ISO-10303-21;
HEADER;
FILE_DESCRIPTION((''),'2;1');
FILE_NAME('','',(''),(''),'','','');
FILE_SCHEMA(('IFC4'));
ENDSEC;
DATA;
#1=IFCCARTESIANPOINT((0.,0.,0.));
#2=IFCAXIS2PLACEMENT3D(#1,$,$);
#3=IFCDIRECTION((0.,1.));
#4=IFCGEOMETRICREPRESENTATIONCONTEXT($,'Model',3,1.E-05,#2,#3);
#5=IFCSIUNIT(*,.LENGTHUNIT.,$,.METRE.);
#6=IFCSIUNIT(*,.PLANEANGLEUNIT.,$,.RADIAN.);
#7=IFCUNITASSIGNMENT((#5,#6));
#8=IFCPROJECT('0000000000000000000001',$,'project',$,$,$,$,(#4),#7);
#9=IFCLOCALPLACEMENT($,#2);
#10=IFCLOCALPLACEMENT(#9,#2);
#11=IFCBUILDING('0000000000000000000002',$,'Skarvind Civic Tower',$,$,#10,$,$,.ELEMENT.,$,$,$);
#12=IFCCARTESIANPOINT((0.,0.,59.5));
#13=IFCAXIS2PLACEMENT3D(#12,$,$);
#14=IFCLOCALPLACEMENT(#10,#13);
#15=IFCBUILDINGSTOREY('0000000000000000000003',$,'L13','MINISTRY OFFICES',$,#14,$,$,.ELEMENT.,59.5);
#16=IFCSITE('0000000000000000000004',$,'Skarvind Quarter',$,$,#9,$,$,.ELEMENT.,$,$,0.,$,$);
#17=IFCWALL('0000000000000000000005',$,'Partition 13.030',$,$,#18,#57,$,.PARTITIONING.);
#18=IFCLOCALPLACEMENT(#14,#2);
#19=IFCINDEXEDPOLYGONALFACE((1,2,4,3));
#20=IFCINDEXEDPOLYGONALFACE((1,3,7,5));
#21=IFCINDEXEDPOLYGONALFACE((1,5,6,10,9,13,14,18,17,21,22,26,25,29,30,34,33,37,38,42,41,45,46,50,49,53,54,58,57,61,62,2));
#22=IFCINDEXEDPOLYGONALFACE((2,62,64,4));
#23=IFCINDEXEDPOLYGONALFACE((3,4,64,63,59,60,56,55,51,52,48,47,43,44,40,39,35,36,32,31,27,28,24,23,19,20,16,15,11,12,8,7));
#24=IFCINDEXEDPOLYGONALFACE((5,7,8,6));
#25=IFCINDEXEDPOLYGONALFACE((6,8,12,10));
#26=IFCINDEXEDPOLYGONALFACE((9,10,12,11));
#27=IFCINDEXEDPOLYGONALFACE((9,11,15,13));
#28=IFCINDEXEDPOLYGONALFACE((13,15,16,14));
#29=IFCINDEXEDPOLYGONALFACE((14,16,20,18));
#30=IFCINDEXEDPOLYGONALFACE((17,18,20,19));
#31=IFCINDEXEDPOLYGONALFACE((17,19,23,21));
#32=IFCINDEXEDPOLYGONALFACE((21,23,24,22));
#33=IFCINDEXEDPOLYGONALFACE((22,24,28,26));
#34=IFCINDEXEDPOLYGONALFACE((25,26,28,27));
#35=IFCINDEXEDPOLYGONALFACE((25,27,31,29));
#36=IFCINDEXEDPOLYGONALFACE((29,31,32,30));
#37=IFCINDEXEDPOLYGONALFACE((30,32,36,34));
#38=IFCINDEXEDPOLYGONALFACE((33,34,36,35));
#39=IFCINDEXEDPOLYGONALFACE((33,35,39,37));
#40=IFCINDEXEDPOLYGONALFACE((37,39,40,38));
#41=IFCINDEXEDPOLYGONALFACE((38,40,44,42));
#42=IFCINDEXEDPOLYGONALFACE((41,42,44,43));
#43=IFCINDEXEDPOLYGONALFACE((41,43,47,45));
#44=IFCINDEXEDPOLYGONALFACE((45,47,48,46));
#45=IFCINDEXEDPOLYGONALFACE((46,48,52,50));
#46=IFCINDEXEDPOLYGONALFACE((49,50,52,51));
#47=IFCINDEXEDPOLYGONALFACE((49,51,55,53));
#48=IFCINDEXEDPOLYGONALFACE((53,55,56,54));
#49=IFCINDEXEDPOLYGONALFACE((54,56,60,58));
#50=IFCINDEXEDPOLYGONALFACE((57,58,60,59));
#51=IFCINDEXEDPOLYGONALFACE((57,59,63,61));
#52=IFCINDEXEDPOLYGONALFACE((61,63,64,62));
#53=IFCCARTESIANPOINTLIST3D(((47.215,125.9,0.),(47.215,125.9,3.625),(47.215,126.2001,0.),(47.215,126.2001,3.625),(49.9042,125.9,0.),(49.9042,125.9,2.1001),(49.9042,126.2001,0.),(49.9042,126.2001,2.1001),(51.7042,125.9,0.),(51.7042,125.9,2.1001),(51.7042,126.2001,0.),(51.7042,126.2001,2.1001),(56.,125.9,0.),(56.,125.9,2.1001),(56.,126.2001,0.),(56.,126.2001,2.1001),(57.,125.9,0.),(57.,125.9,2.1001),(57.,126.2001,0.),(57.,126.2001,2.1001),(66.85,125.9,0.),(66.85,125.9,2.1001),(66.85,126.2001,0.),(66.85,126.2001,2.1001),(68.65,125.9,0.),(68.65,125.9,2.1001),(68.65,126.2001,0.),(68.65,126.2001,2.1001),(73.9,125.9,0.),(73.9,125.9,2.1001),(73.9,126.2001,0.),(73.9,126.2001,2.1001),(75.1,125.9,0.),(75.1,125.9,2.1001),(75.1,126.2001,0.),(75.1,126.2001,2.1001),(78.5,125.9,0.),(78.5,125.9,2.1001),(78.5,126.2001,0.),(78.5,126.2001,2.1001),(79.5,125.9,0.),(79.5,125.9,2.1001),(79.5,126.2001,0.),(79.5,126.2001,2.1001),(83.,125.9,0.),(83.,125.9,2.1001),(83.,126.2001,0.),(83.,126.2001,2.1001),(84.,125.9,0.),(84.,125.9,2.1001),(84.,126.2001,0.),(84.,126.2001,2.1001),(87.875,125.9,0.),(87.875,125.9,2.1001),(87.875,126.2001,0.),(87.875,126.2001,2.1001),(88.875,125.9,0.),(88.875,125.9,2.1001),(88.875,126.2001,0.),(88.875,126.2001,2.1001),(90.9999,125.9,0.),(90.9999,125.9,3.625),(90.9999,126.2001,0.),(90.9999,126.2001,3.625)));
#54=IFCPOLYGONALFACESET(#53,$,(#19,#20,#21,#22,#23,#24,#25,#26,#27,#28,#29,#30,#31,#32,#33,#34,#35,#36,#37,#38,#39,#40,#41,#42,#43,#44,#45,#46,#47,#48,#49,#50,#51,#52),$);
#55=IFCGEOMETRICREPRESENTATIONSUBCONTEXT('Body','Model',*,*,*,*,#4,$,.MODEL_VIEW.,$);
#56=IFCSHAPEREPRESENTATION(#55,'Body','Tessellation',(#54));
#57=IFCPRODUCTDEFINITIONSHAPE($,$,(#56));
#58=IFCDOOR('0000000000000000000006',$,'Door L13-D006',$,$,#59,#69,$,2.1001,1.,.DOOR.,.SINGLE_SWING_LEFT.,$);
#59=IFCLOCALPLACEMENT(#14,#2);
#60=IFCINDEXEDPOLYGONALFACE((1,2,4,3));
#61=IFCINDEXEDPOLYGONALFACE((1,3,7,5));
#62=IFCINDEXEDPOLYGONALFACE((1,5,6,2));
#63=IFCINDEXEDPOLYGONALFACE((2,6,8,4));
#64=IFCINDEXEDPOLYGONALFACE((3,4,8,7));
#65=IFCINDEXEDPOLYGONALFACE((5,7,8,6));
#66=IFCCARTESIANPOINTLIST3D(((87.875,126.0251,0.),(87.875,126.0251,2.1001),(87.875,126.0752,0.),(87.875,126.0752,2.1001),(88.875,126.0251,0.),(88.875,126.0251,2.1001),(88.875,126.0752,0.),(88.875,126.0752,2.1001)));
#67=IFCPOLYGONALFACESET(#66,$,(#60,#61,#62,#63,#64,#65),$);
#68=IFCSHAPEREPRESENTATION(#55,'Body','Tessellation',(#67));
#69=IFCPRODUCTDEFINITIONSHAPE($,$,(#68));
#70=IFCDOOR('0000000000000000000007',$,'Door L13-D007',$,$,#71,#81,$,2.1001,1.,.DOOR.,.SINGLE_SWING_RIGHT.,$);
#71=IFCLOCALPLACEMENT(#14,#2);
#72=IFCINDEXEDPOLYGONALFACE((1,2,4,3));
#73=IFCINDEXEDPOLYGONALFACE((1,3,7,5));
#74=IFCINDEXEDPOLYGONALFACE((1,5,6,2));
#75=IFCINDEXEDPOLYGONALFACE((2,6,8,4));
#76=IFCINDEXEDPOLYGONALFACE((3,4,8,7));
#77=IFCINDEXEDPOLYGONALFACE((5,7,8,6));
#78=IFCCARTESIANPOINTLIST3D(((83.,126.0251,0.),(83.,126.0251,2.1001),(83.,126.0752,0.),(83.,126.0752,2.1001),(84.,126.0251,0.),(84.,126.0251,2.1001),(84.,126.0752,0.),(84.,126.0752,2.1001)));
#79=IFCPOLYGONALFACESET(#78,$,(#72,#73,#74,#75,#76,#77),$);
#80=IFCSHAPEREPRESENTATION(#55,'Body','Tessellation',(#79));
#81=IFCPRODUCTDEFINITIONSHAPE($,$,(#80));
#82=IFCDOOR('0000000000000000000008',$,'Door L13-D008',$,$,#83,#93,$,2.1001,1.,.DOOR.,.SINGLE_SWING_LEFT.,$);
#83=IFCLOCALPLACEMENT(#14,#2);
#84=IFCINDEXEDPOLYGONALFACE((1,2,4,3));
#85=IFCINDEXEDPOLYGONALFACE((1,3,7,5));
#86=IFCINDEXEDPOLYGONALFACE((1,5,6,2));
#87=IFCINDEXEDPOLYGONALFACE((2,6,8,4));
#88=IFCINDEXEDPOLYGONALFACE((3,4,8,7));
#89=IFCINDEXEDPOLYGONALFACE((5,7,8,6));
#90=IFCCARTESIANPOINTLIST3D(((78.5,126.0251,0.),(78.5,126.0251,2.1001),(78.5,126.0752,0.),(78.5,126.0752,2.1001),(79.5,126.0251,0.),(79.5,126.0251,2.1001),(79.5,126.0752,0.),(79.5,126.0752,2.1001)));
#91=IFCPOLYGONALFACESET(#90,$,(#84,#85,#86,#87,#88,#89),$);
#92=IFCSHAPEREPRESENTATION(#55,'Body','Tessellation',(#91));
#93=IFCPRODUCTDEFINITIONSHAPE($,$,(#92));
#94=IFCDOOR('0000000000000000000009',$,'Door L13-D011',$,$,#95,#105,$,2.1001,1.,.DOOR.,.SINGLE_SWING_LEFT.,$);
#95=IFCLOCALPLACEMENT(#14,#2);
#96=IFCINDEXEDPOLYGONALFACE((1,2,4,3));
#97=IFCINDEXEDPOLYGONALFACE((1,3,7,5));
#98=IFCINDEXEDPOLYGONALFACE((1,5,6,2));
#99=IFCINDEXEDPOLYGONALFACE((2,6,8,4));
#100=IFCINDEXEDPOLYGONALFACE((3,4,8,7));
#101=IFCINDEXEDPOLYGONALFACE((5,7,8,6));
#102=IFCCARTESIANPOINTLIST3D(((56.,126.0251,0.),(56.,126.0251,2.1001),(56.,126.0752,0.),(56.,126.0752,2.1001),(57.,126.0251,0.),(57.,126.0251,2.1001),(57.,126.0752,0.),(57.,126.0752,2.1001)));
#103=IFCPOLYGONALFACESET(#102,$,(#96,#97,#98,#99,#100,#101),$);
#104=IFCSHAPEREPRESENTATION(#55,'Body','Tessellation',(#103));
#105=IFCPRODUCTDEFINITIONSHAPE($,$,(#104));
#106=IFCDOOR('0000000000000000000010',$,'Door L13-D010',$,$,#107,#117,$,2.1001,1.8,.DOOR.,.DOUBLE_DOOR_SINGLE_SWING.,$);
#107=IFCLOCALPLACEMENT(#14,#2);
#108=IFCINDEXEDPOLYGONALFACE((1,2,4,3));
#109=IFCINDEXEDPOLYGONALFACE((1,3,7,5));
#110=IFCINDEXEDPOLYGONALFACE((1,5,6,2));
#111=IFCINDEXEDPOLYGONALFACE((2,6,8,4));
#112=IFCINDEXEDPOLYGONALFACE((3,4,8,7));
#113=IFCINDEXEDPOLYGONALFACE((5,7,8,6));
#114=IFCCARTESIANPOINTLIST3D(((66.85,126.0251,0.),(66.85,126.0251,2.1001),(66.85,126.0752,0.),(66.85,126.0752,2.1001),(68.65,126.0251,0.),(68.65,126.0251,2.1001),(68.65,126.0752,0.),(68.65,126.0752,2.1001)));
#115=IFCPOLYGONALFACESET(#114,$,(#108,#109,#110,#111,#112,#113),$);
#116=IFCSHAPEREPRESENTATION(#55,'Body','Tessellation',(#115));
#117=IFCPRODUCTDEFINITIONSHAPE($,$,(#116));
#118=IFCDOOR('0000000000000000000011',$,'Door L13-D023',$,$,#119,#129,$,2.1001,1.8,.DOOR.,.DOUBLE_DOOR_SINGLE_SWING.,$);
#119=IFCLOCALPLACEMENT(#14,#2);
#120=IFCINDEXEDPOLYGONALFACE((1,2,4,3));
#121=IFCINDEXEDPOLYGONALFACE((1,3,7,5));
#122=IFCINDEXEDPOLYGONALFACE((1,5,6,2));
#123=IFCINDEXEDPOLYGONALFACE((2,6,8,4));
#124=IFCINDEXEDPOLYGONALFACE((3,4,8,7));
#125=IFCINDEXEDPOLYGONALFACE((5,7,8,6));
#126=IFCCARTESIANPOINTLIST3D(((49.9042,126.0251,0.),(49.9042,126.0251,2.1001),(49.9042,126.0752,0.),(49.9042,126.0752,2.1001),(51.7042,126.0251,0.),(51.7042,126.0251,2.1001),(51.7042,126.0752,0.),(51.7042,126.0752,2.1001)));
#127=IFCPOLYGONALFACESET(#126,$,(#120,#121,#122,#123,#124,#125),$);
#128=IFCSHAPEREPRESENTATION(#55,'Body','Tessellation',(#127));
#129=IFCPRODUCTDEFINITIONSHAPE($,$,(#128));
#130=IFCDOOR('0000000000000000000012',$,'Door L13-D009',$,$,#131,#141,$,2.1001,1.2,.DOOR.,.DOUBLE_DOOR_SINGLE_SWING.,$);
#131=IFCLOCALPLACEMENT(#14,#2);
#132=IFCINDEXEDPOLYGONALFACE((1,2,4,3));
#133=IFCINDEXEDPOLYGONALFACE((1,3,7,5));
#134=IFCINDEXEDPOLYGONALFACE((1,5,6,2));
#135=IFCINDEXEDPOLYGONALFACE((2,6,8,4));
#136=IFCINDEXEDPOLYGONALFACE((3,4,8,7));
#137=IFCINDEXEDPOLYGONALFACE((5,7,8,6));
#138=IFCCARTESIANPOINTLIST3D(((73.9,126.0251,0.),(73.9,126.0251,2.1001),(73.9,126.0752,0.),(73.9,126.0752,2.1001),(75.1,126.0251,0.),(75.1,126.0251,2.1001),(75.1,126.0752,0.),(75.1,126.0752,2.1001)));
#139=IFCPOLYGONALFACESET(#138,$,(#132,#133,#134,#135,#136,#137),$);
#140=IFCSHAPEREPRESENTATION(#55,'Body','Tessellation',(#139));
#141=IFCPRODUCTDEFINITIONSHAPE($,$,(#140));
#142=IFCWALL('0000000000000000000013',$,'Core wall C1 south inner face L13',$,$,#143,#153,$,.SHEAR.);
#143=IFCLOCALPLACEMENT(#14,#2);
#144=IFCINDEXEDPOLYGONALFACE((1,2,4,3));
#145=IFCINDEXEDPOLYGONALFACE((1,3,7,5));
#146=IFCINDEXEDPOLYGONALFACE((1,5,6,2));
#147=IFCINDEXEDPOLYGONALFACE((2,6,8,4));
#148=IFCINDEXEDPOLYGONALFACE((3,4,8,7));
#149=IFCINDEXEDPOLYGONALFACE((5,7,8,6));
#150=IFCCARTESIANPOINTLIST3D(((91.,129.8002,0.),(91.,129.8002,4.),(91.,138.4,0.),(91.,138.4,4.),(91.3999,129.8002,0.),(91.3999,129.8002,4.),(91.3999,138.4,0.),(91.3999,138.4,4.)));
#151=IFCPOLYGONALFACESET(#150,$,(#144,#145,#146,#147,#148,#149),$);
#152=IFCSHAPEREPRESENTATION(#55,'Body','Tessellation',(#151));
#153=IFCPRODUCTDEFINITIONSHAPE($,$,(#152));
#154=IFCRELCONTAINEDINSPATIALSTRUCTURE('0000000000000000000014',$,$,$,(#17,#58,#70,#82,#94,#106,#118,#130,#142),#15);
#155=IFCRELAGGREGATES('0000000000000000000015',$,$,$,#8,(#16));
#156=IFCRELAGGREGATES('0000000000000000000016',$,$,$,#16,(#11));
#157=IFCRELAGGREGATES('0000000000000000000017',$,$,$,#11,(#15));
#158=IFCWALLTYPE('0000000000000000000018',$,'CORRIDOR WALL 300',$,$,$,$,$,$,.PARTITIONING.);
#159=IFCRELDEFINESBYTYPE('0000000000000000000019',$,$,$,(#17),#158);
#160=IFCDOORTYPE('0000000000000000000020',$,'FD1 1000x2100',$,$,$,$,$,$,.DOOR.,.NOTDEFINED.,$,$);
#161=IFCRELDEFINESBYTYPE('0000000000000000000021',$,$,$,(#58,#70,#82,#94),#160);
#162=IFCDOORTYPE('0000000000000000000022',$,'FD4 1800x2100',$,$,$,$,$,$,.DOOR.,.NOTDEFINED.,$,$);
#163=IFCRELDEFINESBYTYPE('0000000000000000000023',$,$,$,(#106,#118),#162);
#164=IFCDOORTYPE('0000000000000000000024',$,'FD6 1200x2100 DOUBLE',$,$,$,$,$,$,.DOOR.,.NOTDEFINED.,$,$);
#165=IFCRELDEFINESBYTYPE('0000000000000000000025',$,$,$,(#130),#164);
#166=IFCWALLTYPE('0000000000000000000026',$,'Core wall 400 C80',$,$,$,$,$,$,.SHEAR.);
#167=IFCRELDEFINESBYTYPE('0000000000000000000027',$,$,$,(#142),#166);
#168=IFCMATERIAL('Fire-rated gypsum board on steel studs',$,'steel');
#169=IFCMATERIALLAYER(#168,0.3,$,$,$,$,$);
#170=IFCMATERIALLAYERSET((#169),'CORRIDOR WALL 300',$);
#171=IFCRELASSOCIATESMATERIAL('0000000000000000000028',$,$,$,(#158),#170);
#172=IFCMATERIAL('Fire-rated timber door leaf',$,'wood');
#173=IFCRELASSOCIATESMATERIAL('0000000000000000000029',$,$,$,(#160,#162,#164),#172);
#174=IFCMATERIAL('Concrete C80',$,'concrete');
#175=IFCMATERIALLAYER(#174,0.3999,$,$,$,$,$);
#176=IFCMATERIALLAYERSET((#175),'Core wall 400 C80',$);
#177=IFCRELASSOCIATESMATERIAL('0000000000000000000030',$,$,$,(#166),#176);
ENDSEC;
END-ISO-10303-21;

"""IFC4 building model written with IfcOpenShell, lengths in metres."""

from ifc_helpers import new_model, si_unit, direction, frame, frame_2d, origin, place, context, subcontext, project, spatial, rectangle, extrude, material, layer, layer_set, type_object, element, fill, save


model = new_model("IFC4")

# Units and contexts
model_context = context("Model", 3, precision=1e-05, world=origin(), true_north=direction((0.0, 1.0)))
body_context = subcontext(model_context, "Body", "Model", "MODEL_VIEW")
ifc_project = project(units=[si_unit("LENGTHUNIT", "METRE"), si_unit("PLANEANGLEUNIT", "RADIAN")], contexts=[model_context])

# Site, building, storey
site_placement = place(None, origin())
site = spatial("IfcSite", under=ifc_project, at=site_placement, Name="Skarvind Quarter", CompositionType="ELEMENT", RefElevation=0.0)
building_placement = place(site_placement, origin())
building = spatial("IfcBuilding", under=site, at=building_placement, Name="Skarvind Civic Tower", CompositionType="ELEMENT")
storey_placement = place(building_placement, frame((0.0, 0.0, 59.5)))
storey = spatial("IfcBuildingStorey", under=building, at=storey_placement, Name="L13", Description="MINISTRY OFFICES", CompositionType="ELEMENT", Elevation=59.5)

# Shared definitions
ifc_material_1 = material(Name="Concrete C80", Category="concrete")

# Wall, openings, doors
ifc_material_2 = material(Name="Fire-rated gypsum board on steel studs", Category="steel")
ifc_layer_1 = layer(ifc_material_2, 0.3)
ifc_layer_set_1 = layer_set([ifc_layer_1], Name="CORRIDOR WALL 300")
wall_type_1 = type_object("IfcWallType", Name="CORRIDOR WALL 300", PredefinedType="PARTITIONING", material=ifc_layer_set_1)
wall_1_placement = place(storey_placement, frame((91.0, 126.05, 0.0), z_axis=(0.0, 0.0, 1.0), x_axis=(-1.0, 0.0, 0.0)))
wall_1 = element("IfcWall", 1, at=wall_1_placement, inside=storey, type_object=wall_type_1, Name="Partition 13.030", PredefinedType="PARTITIONING", context=body_context, shape_type="SweptSolid", body=[
    extrude(rectangle(XDim=43.7849, YDim=0.3, at=frame_2d((21.8926, 0.0))), origin(), (0.0, 0.0, 1.0), 3.625),
])
opening_1_placement = place(wall_1_placement, frame((2.125, 0.0, 0.0)))
opening_1 = element("IfcOpeningElement", 2, at=opening_1_placement, cuts=wall_1, PredefinedType="OPENING", context=body_context, shape_type="SweptSolid", body=[
    extrude(rectangle(XDim=1.0, YDim=2.1001, at=frame_2d((0.5, 1.05))), frame((0.0, 0.1599, 0.0), z_axis=(0.0, -1.0, 0.0), x_axis=(1.0, 0.0, 0.0)), (0.0, 0.0, 1.0), 0.3201),
])
opening_2_placement = place(wall_1_placement, frame((7.0, 0.0, 0.0)))
opening_2 = element("IfcOpeningElement", 3, at=opening_2_placement, cuts=wall_1, PredefinedType="OPENING", context=body_context, shape_type="SweptSolid", body=[
    extrude(rectangle(XDim=1.0, YDim=2.1001, at=frame_2d((0.5, 1.05))), frame((0.0, 0.1599, 0.0), z_axis=(0.0, -1.0, 0.0), x_axis=(1.0, 0.0, 0.0)), (0.0, 0.0, 1.0), 0.3201),
])
opening_3_placement = place(wall_1_placement, frame((11.5, 0.0, 0.0)))
opening_3 = element("IfcOpeningElement", 4, at=opening_3_placement, cuts=wall_1, PredefinedType="OPENING", context=body_context, shape_type="SweptSolid", body=[
    extrude(rectangle(XDim=1.0, YDim=2.1001, at=frame_2d((0.5, 1.05))), frame((0.0, 0.1599, 0.0), z_axis=(0.0, -1.0, 0.0), x_axis=(1.0, 0.0, 0.0)), (0.0, 0.0, 1.0), 0.3201),
])
opening_4_placement = place(wall_1_placement, frame((15.8999, 0.0, 0.0)))
opening_4 = element("IfcOpeningElement", 5, at=opening_4_placement, cuts=wall_1, PredefinedType="OPENING", context=body_context, shape_type="SweptSolid", body=[
    extrude(rectangle(XDim=1.2, YDim=2.1001, at=frame_2d((0.6001, 1.05))), frame((0.0, 0.1599, 0.0), z_axis=(0.0, -1.0, 0.0), x_axis=(1.0, 0.0, 0.0)), (0.0, 0.0, 1.0), 0.3201),
])
opening_5_placement = place(wall_1_placement, frame((22.3501, 0.0, 0.0)))
opening_5 = element("IfcOpeningElement", 6, at=opening_5_placement, cuts=wall_1, PredefinedType="OPENING", context=body_context, shape_type="SweptSolid", body=[
    extrude(rectangle(XDim=1.8, YDim=2.1001, at=frame_2d((0.8999, 1.05))), frame((0.0, 0.1599, 0.0), z_axis=(0.0, -1.0, 0.0), x_axis=(1.0, 0.0, 0.0)), (0.0, 0.0, 1.0), 0.3201),
])
opening_6_placement = place(wall_1_placement, frame((34.0, 0.0, 0.0)))
opening_6 = element("IfcOpeningElement", 7, at=opening_6_placement, cuts=wall_1, PredefinedType="OPENING", context=body_context, shape_type="SweptSolid", body=[
    extrude(rectangle(XDim=1.0, YDim=2.1001, at=frame_2d((0.5, 1.05))), frame((0.0, 0.1599, 0.0), z_axis=(0.0, -1.0, 0.0), x_axis=(1.0, 0.0, 0.0)), (0.0, 0.0, 1.0), 0.3201),
])
opening_7_placement = place(wall_1_placement, frame((39.2959, 0.0, 0.0)))
opening_7 = element("IfcOpeningElement", 8, at=opening_7_placement, cuts=wall_1, PredefinedType="OPENING", context=body_context, shape_type="SweptSolid", body=[
    extrude(rectangle(XDim=1.8, YDim=2.1001, at=frame_2d((0.8999, 1.05))), frame((0.0, 0.1599, 0.0), z_axis=(0.0, -1.0, 0.0), x_axis=(1.0, 0.0, 0.0)), (0.0, 0.0, 1.0), 0.3201),
])
ifc_material_3 = material(Name="Fire-rated timber door leaf", Category="wood")
door_type_1 = type_object("IfcDoorType", Name="FD1 1000x2100", OperationType="NOTDEFINED", PredefinedType="DOOR", material=ifc_material_3)
door_1_placement = place(opening_1_placement, origin())
door_1 = element("IfcDoor", 9, at=door_1_placement, inside=storey, type_object=door_type_1, Name="Door L13-D006", OperationType="SINGLE_SWING_LEFT", OverallHeight=2.1001, OverallWidth=1.0, PredefinedType="DOOR", context=body_context, shape_type="SweptSolid", body=[
    extrude(rectangle(XDim=1.0, YDim=2.1001, at=frame_2d((0.5, 1.05))), frame((0.0, 0.0249, 0.0), z_axis=(0.0, -1.0, 0.0), x_axis=(1.0, 0.0, 0.0)), (0.0, 0.0, 1.0), 0.05),
])
fill(opening_1, door_1)
door_2_placement = place(opening_2_placement, origin())
door_2 = element("IfcDoor", 10, at=door_2_placement, inside=storey, type_object=door_type_1, Name="Door L13-D007", OperationType="SINGLE_SWING_RIGHT", OverallHeight=2.1001, OverallWidth=1.0, PredefinedType="DOOR", context=body_context, shape_type="SweptSolid", body=[
    extrude(rectangle(XDim=1.0, YDim=2.1001, at=frame_2d((0.5, 1.05))), frame((0.0, 0.0249, 0.0), z_axis=(0.0, -1.0, 0.0), x_axis=(1.0, 0.0, 0.0)), (0.0, 0.0, 1.0), 0.05),
])
fill(opening_2, door_2)
door_3_placement = place(opening_3_placement, origin())
door_3 = element("IfcDoor", 11, at=door_3_placement, inside=storey, type_object=door_type_1, Name="Door L13-D008", OperationType="SINGLE_SWING_LEFT", OverallHeight=2.1001, OverallWidth=1.0, PredefinedType="DOOR", context=body_context, shape_type="SweptSolid", body=[
    extrude(rectangle(XDim=1.0, YDim=2.1001, at=frame_2d((0.5, 1.05))), frame((0.0, 0.0249, 0.0), z_axis=(0.0, -1.0, 0.0), x_axis=(1.0, 0.0, 0.0)), (0.0, 0.0, 1.0), 0.05),
])
fill(opening_3, door_3)
door_4_placement = place(opening_6_placement, origin())
door_4 = element("IfcDoor", 12, at=door_4_placement, inside=storey, type_object=door_type_1, Name="Door L13-D011", OperationType="SINGLE_SWING_LEFT", OverallHeight=2.1001, OverallWidth=1.0, PredefinedType="DOOR", context=body_context, shape_type="SweptSolid", body=[
    extrude(rectangle(XDim=1.0, YDim=2.1001, at=frame_2d((0.5, 1.05))), frame((0.0, 0.0249, 0.0), z_axis=(0.0, -1.0, 0.0), x_axis=(1.0, 0.0, 0.0)), (0.0, 0.0, 1.0), 0.05),
])
fill(opening_6, door_4)
door_type_2 = type_object("IfcDoorType", Name="FD4 1800x2100", OperationType="NOTDEFINED", PredefinedType="DOOR", material=ifc_material_3)
door_5_placement = place(opening_5_placement, origin())
door_5 = element("IfcDoor", 13, at=door_5_placement, inside=storey, type_object=door_type_2, Name="Door L13-D010", OperationType="DOUBLE_DOOR_SINGLE_SWING", OverallHeight=2.1001, OverallWidth=1.8, PredefinedType="DOOR", context=body_context, shape_type="SweptSolid", body=[
    extrude(rectangle(XDim=1.8, YDim=2.1001, at=frame_2d((0.8999, 1.05))), frame((0.0, 0.0249, 0.0), z_axis=(0.0, -1.0, 0.0), x_axis=(1.0, 0.0, 0.0)), (0.0, 0.0, 1.0), 0.05),
])
fill(opening_5, door_5)
door_6_placement = place(opening_7_placement, origin())
door_6 = element("IfcDoor", 14, at=door_6_placement, inside=storey, type_object=door_type_2, Name="Door L13-D023", OperationType="DOUBLE_DOOR_SINGLE_SWING", OverallHeight=2.1001, OverallWidth=1.8, PredefinedType="DOOR", context=body_context, shape_type="SweptSolid", body=[
    extrude(rectangle(XDim=1.8, YDim=2.1001, at=frame_2d((0.8999, 1.05))), frame((0.0, 0.0249, 0.0), z_axis=(0.0, -1.0, 0.0), x_axis=(1.0, 0.0, 0.0)), (0.0, 0.0, 1.0), 0.05),
])
fill(opening_7, door_6)
door_type_3 = type_object("IfcDoorType", Name="FD6 1200x2100 DOUBLE", OperationType="NOTDEFINED", PredefinedType="DOOR", material=ifc_material_3)
door_7_placement = place(opening_4_placement, origin())
door_7 = element("IfcDoor", 15, at=door_7_placement, inside=storey, type_object=door_type_3, Name="Door L13-D009", OperationType="DOUBLE_DOOR_SINGLE_SWING", OverallHeight=2.1001, OverallWidth=1.2, PredefinedType="DOOR", context=body_context, shape_type="SweptSolid", body=[
    extrude(rectangle(XDim=1.2, YDim=2.1001, at=frame_2d((0.6001, 1.05))), frame((0.0, 0.0249, 0.0), z_axis=(0.0, -1.0, 0.0), x_axis=(1.0, 0.0, 0.0)), (0.0, 0.0, 1.0), 0.05),
])
fill(opening_4, door_7)

# Wall
ifc_layer_2 = layer(ifc_material_1, 0.3999)
ifc_layer_set_2 = layer_set([ifc_layer_2], Name="Core wall 400 C80")
wall_type_2 = type_object("IfcWallType", Name="Core wall 400 C80", PredefinedType="SHEAR", material=ifc_layer_set_2)
wall_2_placement = place(storey_placement, frame((91.2, 138.3999, 0.0), z_axis=(0.0, 0.0, 1.0), x_axis=(0.0, -1.0, 0.0)))
element("IfcWall", 16, at=wall_2_placement, inside=storey, type_object=wall_type_2, Name="Core wall C1 south inner face L13", PredefinedType="SHEAR", context=body_context, shape_type="SweptSolid", body=[
    extrude(rectangle(XDim=8.5999, YDim=0.3999, at=frame_2d((4.2998, 0.0))), origin(), (0.0, 0.0, 1.0), 4.0),
])

save(model, "model.ifc")
